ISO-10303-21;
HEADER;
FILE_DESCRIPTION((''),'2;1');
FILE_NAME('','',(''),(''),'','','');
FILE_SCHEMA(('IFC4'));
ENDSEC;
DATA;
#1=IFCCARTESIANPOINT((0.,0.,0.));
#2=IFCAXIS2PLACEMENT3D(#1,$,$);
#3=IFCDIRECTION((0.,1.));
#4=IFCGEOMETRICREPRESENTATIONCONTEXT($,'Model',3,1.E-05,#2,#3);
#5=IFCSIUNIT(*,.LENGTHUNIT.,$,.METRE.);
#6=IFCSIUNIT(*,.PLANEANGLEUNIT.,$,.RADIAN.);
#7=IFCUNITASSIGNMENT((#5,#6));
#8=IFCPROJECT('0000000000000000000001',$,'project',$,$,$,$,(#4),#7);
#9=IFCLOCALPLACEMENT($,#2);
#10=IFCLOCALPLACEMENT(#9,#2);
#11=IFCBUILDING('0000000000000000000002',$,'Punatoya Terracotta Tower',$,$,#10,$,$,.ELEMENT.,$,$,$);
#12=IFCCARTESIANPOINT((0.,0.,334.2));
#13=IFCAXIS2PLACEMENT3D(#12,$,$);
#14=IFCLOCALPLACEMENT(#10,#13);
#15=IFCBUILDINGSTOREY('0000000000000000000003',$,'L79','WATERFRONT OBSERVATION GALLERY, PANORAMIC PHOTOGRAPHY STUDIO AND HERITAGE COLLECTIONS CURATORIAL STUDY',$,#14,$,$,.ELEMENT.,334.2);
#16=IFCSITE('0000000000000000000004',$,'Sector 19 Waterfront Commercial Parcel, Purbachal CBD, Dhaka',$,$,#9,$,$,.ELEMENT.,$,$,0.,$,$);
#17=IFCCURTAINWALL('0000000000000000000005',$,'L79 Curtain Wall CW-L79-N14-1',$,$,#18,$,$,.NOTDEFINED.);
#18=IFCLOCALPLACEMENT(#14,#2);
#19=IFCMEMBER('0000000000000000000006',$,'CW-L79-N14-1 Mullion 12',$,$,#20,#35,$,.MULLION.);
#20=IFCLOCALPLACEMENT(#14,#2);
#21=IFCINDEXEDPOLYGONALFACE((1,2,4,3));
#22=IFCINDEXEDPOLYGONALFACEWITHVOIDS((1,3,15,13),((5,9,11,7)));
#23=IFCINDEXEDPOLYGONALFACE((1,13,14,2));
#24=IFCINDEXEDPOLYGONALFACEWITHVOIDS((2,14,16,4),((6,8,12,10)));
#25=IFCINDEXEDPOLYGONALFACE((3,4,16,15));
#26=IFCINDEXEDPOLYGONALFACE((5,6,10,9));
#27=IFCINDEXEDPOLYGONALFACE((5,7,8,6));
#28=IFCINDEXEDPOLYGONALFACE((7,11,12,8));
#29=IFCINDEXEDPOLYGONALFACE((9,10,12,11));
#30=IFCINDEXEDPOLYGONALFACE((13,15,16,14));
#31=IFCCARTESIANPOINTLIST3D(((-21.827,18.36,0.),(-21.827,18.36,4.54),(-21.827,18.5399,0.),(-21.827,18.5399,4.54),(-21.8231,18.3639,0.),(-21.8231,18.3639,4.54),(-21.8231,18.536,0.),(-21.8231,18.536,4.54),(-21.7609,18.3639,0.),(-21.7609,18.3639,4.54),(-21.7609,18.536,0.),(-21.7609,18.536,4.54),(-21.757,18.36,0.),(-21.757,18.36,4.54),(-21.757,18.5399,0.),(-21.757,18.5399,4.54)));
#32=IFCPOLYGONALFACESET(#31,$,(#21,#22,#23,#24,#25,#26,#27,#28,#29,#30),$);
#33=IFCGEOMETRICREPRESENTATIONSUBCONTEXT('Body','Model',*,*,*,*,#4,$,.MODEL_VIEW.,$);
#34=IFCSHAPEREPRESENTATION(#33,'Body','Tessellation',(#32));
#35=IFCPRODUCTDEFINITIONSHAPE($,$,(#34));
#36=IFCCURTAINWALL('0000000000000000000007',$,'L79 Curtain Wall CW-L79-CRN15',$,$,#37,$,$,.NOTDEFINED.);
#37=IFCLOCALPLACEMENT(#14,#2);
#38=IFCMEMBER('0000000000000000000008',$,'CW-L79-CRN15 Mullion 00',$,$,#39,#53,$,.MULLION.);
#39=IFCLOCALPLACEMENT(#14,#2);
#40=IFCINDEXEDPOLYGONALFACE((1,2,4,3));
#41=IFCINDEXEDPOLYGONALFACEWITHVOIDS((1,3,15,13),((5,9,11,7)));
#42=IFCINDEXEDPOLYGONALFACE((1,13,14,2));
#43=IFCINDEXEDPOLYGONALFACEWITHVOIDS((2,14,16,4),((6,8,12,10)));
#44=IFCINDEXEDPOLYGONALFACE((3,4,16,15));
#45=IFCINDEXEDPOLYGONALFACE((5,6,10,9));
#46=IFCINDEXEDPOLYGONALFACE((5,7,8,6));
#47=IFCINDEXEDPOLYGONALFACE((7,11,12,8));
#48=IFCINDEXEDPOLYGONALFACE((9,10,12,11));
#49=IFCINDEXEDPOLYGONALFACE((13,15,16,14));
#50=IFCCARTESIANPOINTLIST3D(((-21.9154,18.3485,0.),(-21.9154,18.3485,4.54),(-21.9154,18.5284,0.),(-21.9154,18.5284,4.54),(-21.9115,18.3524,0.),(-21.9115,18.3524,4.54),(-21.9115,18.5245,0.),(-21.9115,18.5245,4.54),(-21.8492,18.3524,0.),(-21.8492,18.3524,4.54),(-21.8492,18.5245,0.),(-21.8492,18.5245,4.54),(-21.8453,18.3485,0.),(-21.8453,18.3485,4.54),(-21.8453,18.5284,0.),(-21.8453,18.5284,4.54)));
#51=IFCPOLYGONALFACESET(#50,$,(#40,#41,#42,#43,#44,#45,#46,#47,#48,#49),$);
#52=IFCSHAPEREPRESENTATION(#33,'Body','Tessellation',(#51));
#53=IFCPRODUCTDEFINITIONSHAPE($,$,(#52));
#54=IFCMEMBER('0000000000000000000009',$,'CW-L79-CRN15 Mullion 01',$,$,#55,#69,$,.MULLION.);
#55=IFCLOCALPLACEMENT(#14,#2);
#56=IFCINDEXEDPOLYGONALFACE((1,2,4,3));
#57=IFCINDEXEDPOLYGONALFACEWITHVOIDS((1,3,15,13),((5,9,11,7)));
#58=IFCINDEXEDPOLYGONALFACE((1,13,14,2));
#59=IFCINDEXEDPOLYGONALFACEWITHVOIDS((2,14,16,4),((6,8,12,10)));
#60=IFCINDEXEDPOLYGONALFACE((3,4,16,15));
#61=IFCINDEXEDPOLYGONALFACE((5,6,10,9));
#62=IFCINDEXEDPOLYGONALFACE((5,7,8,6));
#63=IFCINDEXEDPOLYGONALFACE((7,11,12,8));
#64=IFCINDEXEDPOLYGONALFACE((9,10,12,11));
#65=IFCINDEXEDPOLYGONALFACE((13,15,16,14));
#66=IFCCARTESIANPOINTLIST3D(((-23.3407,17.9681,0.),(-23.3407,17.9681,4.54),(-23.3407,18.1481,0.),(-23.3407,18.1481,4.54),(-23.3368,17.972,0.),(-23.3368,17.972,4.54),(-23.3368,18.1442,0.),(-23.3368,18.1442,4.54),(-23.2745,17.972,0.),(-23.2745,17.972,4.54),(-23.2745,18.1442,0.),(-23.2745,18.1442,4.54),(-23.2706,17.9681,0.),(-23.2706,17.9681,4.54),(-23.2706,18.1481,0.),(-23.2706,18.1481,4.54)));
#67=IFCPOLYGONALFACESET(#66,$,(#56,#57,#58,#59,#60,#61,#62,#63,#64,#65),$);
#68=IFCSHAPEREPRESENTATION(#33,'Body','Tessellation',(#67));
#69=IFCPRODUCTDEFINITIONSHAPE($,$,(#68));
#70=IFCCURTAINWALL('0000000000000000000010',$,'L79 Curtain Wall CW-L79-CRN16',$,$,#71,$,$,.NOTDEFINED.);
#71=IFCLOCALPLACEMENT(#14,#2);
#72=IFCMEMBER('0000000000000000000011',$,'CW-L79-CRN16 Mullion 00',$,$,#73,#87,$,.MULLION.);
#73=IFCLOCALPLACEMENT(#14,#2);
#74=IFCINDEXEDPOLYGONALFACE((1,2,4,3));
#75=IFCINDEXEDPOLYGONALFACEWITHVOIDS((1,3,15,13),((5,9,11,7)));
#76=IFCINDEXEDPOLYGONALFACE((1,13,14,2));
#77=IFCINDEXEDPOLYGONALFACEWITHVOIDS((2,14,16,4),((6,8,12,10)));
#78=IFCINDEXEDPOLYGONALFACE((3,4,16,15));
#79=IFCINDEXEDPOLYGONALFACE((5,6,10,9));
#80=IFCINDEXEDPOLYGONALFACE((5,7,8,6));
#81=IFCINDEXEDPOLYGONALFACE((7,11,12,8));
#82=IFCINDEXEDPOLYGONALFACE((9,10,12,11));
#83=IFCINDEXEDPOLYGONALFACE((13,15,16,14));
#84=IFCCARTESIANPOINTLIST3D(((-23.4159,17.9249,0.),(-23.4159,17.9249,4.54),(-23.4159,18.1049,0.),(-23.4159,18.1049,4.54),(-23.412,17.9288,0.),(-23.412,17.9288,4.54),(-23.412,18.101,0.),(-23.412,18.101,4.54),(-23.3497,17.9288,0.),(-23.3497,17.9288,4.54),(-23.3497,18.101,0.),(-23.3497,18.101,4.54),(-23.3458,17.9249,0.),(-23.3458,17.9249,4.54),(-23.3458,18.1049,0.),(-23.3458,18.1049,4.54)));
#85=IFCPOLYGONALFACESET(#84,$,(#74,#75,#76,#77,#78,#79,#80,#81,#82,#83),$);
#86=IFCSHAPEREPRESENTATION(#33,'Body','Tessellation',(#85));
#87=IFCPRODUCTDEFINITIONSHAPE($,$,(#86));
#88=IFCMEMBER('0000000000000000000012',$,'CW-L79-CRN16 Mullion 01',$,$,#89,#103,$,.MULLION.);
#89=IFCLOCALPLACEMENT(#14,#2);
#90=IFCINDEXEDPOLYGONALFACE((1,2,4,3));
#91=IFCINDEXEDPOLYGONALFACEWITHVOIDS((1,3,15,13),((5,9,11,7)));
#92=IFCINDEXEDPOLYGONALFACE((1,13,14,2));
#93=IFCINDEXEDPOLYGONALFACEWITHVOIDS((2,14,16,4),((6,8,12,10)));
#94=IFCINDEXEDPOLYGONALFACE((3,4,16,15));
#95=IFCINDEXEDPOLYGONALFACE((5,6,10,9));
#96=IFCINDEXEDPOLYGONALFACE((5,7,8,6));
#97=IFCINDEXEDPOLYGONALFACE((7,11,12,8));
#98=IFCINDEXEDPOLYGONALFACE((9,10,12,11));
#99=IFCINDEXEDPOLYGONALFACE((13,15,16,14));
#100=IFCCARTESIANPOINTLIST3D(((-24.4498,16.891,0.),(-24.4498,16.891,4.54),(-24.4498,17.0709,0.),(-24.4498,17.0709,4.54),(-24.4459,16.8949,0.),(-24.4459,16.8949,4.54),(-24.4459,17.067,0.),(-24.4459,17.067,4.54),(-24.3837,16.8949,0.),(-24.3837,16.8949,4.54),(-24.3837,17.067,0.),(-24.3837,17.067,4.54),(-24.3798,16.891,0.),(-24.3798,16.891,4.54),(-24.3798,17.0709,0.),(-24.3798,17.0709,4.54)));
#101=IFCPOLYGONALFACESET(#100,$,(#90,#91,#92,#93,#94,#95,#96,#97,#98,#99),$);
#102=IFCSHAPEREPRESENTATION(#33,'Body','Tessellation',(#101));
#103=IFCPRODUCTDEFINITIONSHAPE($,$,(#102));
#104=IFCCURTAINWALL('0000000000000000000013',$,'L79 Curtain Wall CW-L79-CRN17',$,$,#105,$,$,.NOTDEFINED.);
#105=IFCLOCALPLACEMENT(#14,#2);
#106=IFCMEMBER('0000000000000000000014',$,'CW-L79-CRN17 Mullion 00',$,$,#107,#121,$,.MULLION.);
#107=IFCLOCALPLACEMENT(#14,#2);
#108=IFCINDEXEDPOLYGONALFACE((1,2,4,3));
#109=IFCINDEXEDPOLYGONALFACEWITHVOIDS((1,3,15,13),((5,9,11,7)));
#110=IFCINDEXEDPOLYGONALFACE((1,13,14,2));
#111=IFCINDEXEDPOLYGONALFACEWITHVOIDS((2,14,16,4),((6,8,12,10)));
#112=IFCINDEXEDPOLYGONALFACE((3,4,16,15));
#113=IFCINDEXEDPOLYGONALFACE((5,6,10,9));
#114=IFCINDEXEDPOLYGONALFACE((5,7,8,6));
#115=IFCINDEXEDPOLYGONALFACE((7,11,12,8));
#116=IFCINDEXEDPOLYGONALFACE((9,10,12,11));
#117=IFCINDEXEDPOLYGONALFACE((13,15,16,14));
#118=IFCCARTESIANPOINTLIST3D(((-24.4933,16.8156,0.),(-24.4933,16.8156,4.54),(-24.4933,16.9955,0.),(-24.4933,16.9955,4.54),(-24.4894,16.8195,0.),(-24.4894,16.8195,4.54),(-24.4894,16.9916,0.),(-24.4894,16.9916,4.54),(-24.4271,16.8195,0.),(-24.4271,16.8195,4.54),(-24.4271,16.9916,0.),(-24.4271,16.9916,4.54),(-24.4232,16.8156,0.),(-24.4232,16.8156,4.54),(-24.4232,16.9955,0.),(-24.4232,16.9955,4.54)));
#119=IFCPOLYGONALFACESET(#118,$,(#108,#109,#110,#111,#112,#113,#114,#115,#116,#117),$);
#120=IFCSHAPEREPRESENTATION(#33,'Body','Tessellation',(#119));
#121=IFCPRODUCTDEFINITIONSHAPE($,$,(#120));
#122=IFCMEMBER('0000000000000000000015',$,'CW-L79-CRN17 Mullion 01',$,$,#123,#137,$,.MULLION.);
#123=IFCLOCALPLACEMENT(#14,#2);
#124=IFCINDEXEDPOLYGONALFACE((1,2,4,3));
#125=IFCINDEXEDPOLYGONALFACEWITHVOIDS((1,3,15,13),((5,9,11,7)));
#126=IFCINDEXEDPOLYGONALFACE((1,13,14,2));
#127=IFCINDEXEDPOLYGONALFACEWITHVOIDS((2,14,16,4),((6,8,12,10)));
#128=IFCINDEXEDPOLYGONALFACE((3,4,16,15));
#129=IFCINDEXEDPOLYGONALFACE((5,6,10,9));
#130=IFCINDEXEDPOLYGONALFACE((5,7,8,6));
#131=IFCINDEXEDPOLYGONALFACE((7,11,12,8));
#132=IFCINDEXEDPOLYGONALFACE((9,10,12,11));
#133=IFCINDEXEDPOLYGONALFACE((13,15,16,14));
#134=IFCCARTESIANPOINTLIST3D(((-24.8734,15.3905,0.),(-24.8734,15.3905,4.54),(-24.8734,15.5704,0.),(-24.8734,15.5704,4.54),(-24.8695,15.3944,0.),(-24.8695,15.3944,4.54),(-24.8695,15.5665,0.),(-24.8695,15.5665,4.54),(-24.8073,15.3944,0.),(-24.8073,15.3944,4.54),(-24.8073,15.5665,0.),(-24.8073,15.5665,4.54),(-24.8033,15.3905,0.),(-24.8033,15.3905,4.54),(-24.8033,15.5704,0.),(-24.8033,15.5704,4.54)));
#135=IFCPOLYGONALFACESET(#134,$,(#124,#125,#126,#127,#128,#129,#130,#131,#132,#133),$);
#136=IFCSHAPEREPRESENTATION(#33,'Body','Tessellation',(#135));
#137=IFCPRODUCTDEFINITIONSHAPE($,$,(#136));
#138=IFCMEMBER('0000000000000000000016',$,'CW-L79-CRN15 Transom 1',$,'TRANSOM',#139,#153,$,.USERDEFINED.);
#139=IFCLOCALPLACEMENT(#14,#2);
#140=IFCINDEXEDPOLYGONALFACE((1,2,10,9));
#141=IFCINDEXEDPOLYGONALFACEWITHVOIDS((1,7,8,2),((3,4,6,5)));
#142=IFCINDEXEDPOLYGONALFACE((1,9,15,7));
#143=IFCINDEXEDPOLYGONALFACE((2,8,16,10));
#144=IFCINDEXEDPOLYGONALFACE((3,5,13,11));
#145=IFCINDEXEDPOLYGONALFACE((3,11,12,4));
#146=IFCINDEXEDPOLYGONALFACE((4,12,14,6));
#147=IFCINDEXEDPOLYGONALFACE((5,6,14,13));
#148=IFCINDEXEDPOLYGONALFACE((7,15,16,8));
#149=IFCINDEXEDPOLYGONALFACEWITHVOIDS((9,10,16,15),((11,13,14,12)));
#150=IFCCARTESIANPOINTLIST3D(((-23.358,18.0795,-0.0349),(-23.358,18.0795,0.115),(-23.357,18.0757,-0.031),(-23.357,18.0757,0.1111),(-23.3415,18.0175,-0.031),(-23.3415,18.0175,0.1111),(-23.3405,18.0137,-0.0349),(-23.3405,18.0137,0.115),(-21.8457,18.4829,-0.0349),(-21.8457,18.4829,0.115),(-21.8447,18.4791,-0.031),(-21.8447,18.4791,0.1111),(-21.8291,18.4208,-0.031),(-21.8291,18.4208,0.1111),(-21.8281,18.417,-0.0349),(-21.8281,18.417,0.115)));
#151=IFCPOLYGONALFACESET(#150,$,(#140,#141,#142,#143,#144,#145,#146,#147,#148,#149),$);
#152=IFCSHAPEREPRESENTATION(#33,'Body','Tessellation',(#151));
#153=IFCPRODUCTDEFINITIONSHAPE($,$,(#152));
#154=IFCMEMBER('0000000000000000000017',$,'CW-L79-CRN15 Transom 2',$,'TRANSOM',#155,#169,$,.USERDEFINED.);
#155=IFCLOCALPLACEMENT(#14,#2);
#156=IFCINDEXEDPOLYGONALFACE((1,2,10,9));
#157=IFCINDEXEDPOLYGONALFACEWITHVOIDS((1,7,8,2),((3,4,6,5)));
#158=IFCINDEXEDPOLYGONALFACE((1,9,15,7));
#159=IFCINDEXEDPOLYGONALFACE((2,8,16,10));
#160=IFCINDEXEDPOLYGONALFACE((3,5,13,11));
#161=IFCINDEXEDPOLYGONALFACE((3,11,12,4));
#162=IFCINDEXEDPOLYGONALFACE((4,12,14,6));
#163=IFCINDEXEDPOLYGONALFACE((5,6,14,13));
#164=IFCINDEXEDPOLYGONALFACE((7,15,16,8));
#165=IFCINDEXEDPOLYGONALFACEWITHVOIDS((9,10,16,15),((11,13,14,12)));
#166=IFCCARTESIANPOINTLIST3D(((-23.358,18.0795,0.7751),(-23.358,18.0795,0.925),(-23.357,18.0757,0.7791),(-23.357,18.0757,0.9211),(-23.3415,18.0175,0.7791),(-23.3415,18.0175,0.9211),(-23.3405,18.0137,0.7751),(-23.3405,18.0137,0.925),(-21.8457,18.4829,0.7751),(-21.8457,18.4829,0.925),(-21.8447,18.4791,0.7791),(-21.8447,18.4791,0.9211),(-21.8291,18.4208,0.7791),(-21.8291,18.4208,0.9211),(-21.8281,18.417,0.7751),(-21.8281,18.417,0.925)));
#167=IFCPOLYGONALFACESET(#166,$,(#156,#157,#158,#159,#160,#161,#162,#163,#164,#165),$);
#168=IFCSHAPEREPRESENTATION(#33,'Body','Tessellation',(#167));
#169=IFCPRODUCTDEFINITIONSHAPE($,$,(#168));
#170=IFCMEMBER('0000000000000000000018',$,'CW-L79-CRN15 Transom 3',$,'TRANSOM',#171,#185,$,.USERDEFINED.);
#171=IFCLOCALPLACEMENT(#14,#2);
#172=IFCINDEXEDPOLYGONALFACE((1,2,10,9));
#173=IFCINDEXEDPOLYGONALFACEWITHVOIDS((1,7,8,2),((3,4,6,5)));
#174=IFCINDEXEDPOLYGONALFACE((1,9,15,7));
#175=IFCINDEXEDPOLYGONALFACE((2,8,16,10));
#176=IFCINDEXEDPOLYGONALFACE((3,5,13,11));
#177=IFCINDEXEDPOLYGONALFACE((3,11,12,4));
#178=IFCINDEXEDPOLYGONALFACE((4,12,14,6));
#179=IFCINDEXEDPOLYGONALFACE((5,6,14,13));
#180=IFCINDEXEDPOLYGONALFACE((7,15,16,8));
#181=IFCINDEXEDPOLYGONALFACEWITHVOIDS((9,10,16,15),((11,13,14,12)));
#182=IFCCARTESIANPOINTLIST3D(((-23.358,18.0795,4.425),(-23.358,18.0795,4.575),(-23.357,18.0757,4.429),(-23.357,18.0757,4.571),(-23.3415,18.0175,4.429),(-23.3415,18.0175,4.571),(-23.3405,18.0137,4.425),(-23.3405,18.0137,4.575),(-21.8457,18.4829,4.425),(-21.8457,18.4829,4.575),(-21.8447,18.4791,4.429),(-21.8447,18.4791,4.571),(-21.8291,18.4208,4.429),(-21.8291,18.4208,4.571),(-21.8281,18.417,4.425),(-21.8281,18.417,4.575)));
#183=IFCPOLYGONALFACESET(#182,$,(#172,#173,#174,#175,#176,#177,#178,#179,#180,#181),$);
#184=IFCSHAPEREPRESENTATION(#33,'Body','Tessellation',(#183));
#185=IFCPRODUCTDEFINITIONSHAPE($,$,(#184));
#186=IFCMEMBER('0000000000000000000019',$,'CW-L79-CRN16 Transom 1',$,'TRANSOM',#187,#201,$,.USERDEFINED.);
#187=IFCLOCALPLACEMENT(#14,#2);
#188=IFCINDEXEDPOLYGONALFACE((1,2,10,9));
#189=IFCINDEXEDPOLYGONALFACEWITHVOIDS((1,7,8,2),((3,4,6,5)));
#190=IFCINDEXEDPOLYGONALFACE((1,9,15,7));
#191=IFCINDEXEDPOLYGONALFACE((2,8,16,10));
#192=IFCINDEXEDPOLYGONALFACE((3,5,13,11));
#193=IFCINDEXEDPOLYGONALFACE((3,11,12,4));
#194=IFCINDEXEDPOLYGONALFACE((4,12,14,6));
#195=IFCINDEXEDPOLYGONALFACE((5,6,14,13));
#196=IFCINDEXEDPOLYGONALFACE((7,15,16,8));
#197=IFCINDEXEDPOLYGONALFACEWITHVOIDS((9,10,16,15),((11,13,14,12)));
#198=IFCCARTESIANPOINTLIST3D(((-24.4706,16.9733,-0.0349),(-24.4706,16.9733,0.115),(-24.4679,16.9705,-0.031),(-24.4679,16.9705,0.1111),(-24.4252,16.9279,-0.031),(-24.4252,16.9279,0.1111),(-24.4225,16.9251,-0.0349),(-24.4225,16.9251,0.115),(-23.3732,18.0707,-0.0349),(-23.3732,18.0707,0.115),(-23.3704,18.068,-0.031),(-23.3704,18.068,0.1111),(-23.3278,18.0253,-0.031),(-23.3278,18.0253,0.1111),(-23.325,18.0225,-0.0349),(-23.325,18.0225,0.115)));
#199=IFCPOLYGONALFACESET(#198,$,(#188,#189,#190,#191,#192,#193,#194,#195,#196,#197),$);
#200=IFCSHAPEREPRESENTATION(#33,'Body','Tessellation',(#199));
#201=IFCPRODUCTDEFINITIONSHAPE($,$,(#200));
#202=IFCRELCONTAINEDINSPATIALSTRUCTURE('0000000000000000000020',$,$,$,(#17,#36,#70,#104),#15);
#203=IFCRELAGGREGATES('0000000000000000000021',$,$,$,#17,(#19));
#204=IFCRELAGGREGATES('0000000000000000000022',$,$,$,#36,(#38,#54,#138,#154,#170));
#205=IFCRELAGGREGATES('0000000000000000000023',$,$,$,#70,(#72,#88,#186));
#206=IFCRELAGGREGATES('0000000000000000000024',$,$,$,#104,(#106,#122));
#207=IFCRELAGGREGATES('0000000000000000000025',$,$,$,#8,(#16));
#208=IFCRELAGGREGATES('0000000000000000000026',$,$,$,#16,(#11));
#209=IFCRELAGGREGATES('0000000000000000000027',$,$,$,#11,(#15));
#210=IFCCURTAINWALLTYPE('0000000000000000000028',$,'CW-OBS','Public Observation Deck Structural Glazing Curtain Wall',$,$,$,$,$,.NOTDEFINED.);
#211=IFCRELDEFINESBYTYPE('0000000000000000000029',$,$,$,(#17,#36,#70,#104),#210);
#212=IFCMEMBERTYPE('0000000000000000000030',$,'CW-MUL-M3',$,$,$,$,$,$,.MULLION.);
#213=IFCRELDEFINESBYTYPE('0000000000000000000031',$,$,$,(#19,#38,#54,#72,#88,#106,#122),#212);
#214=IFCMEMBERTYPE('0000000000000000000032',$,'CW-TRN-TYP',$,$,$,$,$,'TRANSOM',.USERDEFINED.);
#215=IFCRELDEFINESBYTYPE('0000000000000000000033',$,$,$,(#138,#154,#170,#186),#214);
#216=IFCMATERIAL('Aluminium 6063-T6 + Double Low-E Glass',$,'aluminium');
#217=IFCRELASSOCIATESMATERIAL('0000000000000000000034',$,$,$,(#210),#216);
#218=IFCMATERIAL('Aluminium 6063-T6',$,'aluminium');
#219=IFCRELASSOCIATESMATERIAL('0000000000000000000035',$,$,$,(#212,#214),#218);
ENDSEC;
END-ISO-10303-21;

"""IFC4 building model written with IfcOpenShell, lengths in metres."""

from ifc_helpers import new_model, si_unit, direction, frame, origin, origin_2d, place, context, subcontext, project, spatial, hollow_rectangle, extrude, material, material_profile, profile_set, type_object, element, aggregate, save


model = new_model("IFC4")

# Units and contexts
model_context = context("Model", 3, precision=1e-05, world=origin(), true_north=direction((0.0, 1.0)))
body_context = subcontext(model_context, "Body", "Model", "MODEL_VIEW")
ifc_project = project(units=[si_unit("LENGTHUNIT", "METRE"), si_unit("PLANEANGLEUNIT", "RADIAN")], contexts=[model_context])

# Site, building, storey
site_placement = place(None, origin())
site = spatial("IfcSite", under=ifc_project, at=site_placement, Name="Sector 19 Waterfront Commercial Parcel, Purbachal CBD, Dhaka", CompositionType="ELEMENT", RefElevation=0.0)
building_placement = place(site_placement, origin())
building = spatial("IfcBuilding", under=site, at=building_placement, Name="Punatoya Terracotta Tower", CompositionType="ELEMENT")
storey_placement = place(building_placement, frame((0.0, 0.0, 334.2)))
storey = spatial("IfcBuildingStorey", under=building, at=storey_placement, Name="L79", Description="WATERFRONT OBSERVATION GALLERY, PANORAMIC PHOTOGRAPHY STUDIO AND HERITAGE COLLECTIONS CURATORIAL STUDY", CompositionType="ELEMENT", Elevation=334.2)

# Curtain walls, members
ifc_material_1 = material(Name="Aluminium 6063-T6 + Double Low-E Glass", Category="aluminium")
curtain_wall_type = type_object("IfcCurtainWallType", Name="CW-OBS", Description="Public Observation Deck Structural Glazing Curtain Wall", PredefinedType="NOTDEFINED", material=ifc_material_1)
curtain_wall_1_placement = place(storey_placement, origin())
curtain_wall_1 = element("IfcCurtainWall", 1, at=curtain_wall_1_placement, inside=storey, type_object=curtain_wall_type, Name="L79 Curtain Wall CW-L79-N14-1", PredefinedType="NOTDEFINED")
ifc_material_2 = material(Name="Aluminium 6063-T6", Category="aluminium")
ifc_material_profile_1 = material_profile(ifc_material_2, hollow_rectangle(XDim=0.0701, YDim=0.1799, WallThickness=0.0039, at=origin_2d()))
ifc_profile_set_1 = profile_set([ifc_material_profile_1], Name="Aluminium 6063-T6")
member_type_1 = type_object("IfcMemberType", Name="CW-MUL-M3", PredefinedType="MULLION", material=ifc_profile_set_1)
member_1_placement = place(storey_placement, frame((-21.792, 18.45, 0.0), z_axis=(0.0, 0.0, 1.0), x_axis=(1.0, 0.0, 0.0)))
member_1 = element("IfcMember", 2, at=member_1_placement, type_object=member_type_1, Name="CW-L79-N14-1 Mullion 12", PredefinedType="MULLION", context=body_context, shape_type="SweptSolid", body=[
    extrude(hollow_rectangle(XDim=0.0701, YDim=0.1799, WallThickness=0.0039, at=origin_2d()), origin(), (0.0, 0.0, 1.0), 4.54),
])
curtain_wall_2_placement = place(storey_placement, origin())
curtain_wall_2 = element("IfcCurtainWall", 3, at=curtain_wall_2_placement, inside=storey, type_object=curtain_wall_type, Name="L79 Curtain Wall CW-L79-CRN15", PredefinedType="NOTDEFINED")
member_2_placement = place(storey_placement, frame((-21.8804, 18.4385, 0.0), z_axis=(0.0, 0.0, 1.0), x_axis=(1.0, 0.0, 0.0)))
member_2 = element("IfcMember", 4, at=member_2_placement, type_object=member_type_1, Name="CW-L79-CRN15 Mullion 00", PredefinedType="MULLION", context=body_context, shape_type="SweptSolid", body=[
    extrude(hollow_rectangle(XDim=0.0701, YDim=0.1799, WallThickness=0.0039, at=origin_2d()), origin(), (0.0, 0.0, 1.0), 4.54),
])
member_3_placement = place(storey_placement, frame((-23.3057, 18.0581, 0.0), z_axis=(0.0, 0.0, 1.0), x_axis=(1.0, 0.0, 0.0)))
member_3 = element("IfcMember", 5, at=member_3_placement, type_object=member_type_1, Name="CW-L79-CRN15 Mullion 01", PredefinedType="MULLION", context=body_context, shape_type="SweptSolid", body=[
    extrude(hollow_rectangle(XDim=0.0701, YDim=0.1799, WallThickness=0.0039, at=origin_2d()), origin(), (0.0, 0.0, 1.0), 4.54),
])
curtain_wall_3_placement = place(storey_placement, origin())
curtain_wall_3 = element("IfcCurtainWall", 6, at=curtain_wall_3_placement, inside=storey, type_object=curtain_wall_type, Name="L79 Curtain Wall CW-L79-CRN16", PredefinedType="NOTDEFINED")
member_4_placement = place(storey_placement, frame((-23.3809, 18.0149, 0.0), z_axis=(0.0, 0.0, 1.0), x_axis=(1.0, 0.0, 0.0)))
member_4 = element("IfcMember", 7, at=member_4_placement, type_object=member_type_1, Name="CW-L79-CRN16 Mullion 00", PredefinedType="MULLION", context=body_context, shape_type="SweptSolid", body=[
    extrude(hollow_rectangle(XDim=0.0701, YDim=0.1799, WallThickness=0.0039, at=origin_2d()), origin(), (0.0, 0.0, 1.0), 4.54),
])
member_5_placement = place(storey_placement, frame((-24.4148, 16.981, 0.0), z_axis=(0.0, 0.0, 1.0), x_axis=(1.0, 0.0, 0.0)))
member_5 = element("IfcMember", 8, at=member_5_placement, type_object=member_type_1, Name="CW-L79-CRN16 Mullion 01", PredefinedType="MULLION", context=body_context, shape_type="SweptSolid", body=[
    extrude(hollow_rectangle(XDim=0.0701, YDim=0.1799, WallThickness=0.0039, at=origin_2d()), origin(), (0.0, 0.0, 1.0), 4.54),
])
curtain_wall_4_placement = place(storey_placement, origin())
curtain_wall_4 = element("IfcCurtainWall", 9, at=curtain_wall_4_placement, inside=storey, type_object=curtain_wall_type, Name="L79 Curtain Wall CW-L79-CRN17", PredefinedType="NOTDEFINED")
member_6_placement = place(storey_placement, frame((-24.4583, 16.9055, 0.0), z_axis=(0.0, 0.0, 1.0), x_axis=(1.0, 0.0, 0.0)))
member_6 = element("IfcMember", 10, at=member_6_placement, type_object=member_type_1, Name="CW-L79-CRN17 Mullion 00", PredefinedType="MULLION", context=body_context, shape_type="SweptSolid", body=[
    extrude(hollow_rectangle(XDim=0.0701, YDim=0.1799, WallThickness=0.0039, at=origin_2d()), origin(), (0.0, 0.0, 1.0), 4.54),
])
member_7_placement = place(storey_placement, frame((-24.8384, 15.4805, 0.0), z_axis=(0.0, 0.0, 1.0), x_axis=(1.0, 0.0, 0.0)))
member_7 = element("IfcMember", 11, at=member_7_placement, type_object=member_type_1, Name="CW-L79-CRN17 Mullion 01", PredefinedType="MULLION", context=body_context, shape_type="SweptSolid", body=[
    extrude(hollow_rectangle(XDim=0.0701, YDim=0.1799, WallThickness=0.0039, at=origin_2d()), origin(), (0.0, 0.0, 1.0), 4.54),
])

# Members
ifc_material_profile_2 = material_profile(ifc_material_2, hollow_rectangle(XDim=0.0681, YDim=0.1499, WallThickness=0.0039, at=origin_2d()))
ifc_profile_set_2 = profile_set([ifc_material_profile_2], Name="Aluminium 6063-T6")
member_type_2 = type_object("IfcMemberType", Name="CW-TRN-TYP", ElementType="TRANSOM", PredefinedType="USERDEFINED", material=ifc_profile_set_2)
member_8_placement = place(storey_placement, frame((-21.8369, 18.45, 0.04), z_axis=(-0.966225, -0.257701, 0.0), x_axis=(0.257701, -0.966225, 0.0)))
member_8 = element("IfcMember", 12, at=member_8_placement, type_object=member_type_2, Name="CW-L79-CRN15 Transom 1", ObjectType="TRANSOM", PredefinedType="USERDEFINED", context=body_context, shape_type="SweptSolid", body=[
    extrude(hollow_rectangle(XDim=0.0681, YDim=0.1499, WallThickness=0.0039, at=origin_2d()), origin(), (0.0, 0.0, 1.0), 1.5652),
])
member_9_placement = place(storey_placement, frame((-21.8369, 18.45, 0.8501), z_axis=(-0.966225, -0.257701, 0.0), x_axis=(0.257701, -0.966225, 0.0)))
member_9 = element("IfcMember", 13, at=member_9_placement, type_object=member_type_2, Name="CW-L79-CRN15 Transom 2", ObjectType="TRANSOM", PredefinedType="USERDEFINED", context=body_context, shape_type="SweptSolid", body=[
    extrude(hollow_rectangle(XDim=0.0681, YDim=0.1499, WallThickness=0.0039, at=origin_2d()), origin(), (0.0, 0.0, 1.0), 1.5652),
])
member_10_placement = place(storey_placement, frame((-21.8369, 18.45, 4.5), z_axis=(-0.966225, -0.257701, 0.0), x_axis=(0.257701, -0.966225, 0.0)))
member_10 = element("IfcMember", 14, at=member_10_placement, type_object=member_type_2, Name="CW-L79-CRN15 Transom 3", ObjectType="TRANSOM", PredefinedType="USERDEFINED", context=body_context, shape_type="SweptSolid", body=[
    extrude(hollow_rectangle(XDim=0.0681, YDim=0.1499, WallThickness=0.0039, at=origin_2d()), origin(), (0.0, 0.0, 1.0), 1.5652),
])
member_11_placement = place(storey_placement, frame((-23.3491, 18.0466, 0.04), z_axis=(-0.707107, -0.707107, 0.0), x_axis=(0.707107, -0.707107, 0.0)))
member_11 = element("IfcMember", 15, at=member_11_placement, type_object=member_type_2, Name="CW-L79-CRN16 Transom 1", ObjectType="TRANSOM", PredefinedType="USERDEFINED", context=body_context, shape_type="SweptSolid", body=[
    extrude(hollow_rectangle(XDim=0.0681, YDim=0.1499, WallThickness=0.0039, at=origin_2d()), origin(), (0.0, 0.0, 1.0), 1.552),
])

aggregate(curtain_wall_1, [member_1])
aggregate(curtain_wall_2, [member_2, member_3, member_8, member_9, member_10])
aggregate(curtain_wall_3, [member_4, member_5, member_11])
aggregate(curtain_wall_4, [member_6, member_7])

save(model, "model.ifc")
